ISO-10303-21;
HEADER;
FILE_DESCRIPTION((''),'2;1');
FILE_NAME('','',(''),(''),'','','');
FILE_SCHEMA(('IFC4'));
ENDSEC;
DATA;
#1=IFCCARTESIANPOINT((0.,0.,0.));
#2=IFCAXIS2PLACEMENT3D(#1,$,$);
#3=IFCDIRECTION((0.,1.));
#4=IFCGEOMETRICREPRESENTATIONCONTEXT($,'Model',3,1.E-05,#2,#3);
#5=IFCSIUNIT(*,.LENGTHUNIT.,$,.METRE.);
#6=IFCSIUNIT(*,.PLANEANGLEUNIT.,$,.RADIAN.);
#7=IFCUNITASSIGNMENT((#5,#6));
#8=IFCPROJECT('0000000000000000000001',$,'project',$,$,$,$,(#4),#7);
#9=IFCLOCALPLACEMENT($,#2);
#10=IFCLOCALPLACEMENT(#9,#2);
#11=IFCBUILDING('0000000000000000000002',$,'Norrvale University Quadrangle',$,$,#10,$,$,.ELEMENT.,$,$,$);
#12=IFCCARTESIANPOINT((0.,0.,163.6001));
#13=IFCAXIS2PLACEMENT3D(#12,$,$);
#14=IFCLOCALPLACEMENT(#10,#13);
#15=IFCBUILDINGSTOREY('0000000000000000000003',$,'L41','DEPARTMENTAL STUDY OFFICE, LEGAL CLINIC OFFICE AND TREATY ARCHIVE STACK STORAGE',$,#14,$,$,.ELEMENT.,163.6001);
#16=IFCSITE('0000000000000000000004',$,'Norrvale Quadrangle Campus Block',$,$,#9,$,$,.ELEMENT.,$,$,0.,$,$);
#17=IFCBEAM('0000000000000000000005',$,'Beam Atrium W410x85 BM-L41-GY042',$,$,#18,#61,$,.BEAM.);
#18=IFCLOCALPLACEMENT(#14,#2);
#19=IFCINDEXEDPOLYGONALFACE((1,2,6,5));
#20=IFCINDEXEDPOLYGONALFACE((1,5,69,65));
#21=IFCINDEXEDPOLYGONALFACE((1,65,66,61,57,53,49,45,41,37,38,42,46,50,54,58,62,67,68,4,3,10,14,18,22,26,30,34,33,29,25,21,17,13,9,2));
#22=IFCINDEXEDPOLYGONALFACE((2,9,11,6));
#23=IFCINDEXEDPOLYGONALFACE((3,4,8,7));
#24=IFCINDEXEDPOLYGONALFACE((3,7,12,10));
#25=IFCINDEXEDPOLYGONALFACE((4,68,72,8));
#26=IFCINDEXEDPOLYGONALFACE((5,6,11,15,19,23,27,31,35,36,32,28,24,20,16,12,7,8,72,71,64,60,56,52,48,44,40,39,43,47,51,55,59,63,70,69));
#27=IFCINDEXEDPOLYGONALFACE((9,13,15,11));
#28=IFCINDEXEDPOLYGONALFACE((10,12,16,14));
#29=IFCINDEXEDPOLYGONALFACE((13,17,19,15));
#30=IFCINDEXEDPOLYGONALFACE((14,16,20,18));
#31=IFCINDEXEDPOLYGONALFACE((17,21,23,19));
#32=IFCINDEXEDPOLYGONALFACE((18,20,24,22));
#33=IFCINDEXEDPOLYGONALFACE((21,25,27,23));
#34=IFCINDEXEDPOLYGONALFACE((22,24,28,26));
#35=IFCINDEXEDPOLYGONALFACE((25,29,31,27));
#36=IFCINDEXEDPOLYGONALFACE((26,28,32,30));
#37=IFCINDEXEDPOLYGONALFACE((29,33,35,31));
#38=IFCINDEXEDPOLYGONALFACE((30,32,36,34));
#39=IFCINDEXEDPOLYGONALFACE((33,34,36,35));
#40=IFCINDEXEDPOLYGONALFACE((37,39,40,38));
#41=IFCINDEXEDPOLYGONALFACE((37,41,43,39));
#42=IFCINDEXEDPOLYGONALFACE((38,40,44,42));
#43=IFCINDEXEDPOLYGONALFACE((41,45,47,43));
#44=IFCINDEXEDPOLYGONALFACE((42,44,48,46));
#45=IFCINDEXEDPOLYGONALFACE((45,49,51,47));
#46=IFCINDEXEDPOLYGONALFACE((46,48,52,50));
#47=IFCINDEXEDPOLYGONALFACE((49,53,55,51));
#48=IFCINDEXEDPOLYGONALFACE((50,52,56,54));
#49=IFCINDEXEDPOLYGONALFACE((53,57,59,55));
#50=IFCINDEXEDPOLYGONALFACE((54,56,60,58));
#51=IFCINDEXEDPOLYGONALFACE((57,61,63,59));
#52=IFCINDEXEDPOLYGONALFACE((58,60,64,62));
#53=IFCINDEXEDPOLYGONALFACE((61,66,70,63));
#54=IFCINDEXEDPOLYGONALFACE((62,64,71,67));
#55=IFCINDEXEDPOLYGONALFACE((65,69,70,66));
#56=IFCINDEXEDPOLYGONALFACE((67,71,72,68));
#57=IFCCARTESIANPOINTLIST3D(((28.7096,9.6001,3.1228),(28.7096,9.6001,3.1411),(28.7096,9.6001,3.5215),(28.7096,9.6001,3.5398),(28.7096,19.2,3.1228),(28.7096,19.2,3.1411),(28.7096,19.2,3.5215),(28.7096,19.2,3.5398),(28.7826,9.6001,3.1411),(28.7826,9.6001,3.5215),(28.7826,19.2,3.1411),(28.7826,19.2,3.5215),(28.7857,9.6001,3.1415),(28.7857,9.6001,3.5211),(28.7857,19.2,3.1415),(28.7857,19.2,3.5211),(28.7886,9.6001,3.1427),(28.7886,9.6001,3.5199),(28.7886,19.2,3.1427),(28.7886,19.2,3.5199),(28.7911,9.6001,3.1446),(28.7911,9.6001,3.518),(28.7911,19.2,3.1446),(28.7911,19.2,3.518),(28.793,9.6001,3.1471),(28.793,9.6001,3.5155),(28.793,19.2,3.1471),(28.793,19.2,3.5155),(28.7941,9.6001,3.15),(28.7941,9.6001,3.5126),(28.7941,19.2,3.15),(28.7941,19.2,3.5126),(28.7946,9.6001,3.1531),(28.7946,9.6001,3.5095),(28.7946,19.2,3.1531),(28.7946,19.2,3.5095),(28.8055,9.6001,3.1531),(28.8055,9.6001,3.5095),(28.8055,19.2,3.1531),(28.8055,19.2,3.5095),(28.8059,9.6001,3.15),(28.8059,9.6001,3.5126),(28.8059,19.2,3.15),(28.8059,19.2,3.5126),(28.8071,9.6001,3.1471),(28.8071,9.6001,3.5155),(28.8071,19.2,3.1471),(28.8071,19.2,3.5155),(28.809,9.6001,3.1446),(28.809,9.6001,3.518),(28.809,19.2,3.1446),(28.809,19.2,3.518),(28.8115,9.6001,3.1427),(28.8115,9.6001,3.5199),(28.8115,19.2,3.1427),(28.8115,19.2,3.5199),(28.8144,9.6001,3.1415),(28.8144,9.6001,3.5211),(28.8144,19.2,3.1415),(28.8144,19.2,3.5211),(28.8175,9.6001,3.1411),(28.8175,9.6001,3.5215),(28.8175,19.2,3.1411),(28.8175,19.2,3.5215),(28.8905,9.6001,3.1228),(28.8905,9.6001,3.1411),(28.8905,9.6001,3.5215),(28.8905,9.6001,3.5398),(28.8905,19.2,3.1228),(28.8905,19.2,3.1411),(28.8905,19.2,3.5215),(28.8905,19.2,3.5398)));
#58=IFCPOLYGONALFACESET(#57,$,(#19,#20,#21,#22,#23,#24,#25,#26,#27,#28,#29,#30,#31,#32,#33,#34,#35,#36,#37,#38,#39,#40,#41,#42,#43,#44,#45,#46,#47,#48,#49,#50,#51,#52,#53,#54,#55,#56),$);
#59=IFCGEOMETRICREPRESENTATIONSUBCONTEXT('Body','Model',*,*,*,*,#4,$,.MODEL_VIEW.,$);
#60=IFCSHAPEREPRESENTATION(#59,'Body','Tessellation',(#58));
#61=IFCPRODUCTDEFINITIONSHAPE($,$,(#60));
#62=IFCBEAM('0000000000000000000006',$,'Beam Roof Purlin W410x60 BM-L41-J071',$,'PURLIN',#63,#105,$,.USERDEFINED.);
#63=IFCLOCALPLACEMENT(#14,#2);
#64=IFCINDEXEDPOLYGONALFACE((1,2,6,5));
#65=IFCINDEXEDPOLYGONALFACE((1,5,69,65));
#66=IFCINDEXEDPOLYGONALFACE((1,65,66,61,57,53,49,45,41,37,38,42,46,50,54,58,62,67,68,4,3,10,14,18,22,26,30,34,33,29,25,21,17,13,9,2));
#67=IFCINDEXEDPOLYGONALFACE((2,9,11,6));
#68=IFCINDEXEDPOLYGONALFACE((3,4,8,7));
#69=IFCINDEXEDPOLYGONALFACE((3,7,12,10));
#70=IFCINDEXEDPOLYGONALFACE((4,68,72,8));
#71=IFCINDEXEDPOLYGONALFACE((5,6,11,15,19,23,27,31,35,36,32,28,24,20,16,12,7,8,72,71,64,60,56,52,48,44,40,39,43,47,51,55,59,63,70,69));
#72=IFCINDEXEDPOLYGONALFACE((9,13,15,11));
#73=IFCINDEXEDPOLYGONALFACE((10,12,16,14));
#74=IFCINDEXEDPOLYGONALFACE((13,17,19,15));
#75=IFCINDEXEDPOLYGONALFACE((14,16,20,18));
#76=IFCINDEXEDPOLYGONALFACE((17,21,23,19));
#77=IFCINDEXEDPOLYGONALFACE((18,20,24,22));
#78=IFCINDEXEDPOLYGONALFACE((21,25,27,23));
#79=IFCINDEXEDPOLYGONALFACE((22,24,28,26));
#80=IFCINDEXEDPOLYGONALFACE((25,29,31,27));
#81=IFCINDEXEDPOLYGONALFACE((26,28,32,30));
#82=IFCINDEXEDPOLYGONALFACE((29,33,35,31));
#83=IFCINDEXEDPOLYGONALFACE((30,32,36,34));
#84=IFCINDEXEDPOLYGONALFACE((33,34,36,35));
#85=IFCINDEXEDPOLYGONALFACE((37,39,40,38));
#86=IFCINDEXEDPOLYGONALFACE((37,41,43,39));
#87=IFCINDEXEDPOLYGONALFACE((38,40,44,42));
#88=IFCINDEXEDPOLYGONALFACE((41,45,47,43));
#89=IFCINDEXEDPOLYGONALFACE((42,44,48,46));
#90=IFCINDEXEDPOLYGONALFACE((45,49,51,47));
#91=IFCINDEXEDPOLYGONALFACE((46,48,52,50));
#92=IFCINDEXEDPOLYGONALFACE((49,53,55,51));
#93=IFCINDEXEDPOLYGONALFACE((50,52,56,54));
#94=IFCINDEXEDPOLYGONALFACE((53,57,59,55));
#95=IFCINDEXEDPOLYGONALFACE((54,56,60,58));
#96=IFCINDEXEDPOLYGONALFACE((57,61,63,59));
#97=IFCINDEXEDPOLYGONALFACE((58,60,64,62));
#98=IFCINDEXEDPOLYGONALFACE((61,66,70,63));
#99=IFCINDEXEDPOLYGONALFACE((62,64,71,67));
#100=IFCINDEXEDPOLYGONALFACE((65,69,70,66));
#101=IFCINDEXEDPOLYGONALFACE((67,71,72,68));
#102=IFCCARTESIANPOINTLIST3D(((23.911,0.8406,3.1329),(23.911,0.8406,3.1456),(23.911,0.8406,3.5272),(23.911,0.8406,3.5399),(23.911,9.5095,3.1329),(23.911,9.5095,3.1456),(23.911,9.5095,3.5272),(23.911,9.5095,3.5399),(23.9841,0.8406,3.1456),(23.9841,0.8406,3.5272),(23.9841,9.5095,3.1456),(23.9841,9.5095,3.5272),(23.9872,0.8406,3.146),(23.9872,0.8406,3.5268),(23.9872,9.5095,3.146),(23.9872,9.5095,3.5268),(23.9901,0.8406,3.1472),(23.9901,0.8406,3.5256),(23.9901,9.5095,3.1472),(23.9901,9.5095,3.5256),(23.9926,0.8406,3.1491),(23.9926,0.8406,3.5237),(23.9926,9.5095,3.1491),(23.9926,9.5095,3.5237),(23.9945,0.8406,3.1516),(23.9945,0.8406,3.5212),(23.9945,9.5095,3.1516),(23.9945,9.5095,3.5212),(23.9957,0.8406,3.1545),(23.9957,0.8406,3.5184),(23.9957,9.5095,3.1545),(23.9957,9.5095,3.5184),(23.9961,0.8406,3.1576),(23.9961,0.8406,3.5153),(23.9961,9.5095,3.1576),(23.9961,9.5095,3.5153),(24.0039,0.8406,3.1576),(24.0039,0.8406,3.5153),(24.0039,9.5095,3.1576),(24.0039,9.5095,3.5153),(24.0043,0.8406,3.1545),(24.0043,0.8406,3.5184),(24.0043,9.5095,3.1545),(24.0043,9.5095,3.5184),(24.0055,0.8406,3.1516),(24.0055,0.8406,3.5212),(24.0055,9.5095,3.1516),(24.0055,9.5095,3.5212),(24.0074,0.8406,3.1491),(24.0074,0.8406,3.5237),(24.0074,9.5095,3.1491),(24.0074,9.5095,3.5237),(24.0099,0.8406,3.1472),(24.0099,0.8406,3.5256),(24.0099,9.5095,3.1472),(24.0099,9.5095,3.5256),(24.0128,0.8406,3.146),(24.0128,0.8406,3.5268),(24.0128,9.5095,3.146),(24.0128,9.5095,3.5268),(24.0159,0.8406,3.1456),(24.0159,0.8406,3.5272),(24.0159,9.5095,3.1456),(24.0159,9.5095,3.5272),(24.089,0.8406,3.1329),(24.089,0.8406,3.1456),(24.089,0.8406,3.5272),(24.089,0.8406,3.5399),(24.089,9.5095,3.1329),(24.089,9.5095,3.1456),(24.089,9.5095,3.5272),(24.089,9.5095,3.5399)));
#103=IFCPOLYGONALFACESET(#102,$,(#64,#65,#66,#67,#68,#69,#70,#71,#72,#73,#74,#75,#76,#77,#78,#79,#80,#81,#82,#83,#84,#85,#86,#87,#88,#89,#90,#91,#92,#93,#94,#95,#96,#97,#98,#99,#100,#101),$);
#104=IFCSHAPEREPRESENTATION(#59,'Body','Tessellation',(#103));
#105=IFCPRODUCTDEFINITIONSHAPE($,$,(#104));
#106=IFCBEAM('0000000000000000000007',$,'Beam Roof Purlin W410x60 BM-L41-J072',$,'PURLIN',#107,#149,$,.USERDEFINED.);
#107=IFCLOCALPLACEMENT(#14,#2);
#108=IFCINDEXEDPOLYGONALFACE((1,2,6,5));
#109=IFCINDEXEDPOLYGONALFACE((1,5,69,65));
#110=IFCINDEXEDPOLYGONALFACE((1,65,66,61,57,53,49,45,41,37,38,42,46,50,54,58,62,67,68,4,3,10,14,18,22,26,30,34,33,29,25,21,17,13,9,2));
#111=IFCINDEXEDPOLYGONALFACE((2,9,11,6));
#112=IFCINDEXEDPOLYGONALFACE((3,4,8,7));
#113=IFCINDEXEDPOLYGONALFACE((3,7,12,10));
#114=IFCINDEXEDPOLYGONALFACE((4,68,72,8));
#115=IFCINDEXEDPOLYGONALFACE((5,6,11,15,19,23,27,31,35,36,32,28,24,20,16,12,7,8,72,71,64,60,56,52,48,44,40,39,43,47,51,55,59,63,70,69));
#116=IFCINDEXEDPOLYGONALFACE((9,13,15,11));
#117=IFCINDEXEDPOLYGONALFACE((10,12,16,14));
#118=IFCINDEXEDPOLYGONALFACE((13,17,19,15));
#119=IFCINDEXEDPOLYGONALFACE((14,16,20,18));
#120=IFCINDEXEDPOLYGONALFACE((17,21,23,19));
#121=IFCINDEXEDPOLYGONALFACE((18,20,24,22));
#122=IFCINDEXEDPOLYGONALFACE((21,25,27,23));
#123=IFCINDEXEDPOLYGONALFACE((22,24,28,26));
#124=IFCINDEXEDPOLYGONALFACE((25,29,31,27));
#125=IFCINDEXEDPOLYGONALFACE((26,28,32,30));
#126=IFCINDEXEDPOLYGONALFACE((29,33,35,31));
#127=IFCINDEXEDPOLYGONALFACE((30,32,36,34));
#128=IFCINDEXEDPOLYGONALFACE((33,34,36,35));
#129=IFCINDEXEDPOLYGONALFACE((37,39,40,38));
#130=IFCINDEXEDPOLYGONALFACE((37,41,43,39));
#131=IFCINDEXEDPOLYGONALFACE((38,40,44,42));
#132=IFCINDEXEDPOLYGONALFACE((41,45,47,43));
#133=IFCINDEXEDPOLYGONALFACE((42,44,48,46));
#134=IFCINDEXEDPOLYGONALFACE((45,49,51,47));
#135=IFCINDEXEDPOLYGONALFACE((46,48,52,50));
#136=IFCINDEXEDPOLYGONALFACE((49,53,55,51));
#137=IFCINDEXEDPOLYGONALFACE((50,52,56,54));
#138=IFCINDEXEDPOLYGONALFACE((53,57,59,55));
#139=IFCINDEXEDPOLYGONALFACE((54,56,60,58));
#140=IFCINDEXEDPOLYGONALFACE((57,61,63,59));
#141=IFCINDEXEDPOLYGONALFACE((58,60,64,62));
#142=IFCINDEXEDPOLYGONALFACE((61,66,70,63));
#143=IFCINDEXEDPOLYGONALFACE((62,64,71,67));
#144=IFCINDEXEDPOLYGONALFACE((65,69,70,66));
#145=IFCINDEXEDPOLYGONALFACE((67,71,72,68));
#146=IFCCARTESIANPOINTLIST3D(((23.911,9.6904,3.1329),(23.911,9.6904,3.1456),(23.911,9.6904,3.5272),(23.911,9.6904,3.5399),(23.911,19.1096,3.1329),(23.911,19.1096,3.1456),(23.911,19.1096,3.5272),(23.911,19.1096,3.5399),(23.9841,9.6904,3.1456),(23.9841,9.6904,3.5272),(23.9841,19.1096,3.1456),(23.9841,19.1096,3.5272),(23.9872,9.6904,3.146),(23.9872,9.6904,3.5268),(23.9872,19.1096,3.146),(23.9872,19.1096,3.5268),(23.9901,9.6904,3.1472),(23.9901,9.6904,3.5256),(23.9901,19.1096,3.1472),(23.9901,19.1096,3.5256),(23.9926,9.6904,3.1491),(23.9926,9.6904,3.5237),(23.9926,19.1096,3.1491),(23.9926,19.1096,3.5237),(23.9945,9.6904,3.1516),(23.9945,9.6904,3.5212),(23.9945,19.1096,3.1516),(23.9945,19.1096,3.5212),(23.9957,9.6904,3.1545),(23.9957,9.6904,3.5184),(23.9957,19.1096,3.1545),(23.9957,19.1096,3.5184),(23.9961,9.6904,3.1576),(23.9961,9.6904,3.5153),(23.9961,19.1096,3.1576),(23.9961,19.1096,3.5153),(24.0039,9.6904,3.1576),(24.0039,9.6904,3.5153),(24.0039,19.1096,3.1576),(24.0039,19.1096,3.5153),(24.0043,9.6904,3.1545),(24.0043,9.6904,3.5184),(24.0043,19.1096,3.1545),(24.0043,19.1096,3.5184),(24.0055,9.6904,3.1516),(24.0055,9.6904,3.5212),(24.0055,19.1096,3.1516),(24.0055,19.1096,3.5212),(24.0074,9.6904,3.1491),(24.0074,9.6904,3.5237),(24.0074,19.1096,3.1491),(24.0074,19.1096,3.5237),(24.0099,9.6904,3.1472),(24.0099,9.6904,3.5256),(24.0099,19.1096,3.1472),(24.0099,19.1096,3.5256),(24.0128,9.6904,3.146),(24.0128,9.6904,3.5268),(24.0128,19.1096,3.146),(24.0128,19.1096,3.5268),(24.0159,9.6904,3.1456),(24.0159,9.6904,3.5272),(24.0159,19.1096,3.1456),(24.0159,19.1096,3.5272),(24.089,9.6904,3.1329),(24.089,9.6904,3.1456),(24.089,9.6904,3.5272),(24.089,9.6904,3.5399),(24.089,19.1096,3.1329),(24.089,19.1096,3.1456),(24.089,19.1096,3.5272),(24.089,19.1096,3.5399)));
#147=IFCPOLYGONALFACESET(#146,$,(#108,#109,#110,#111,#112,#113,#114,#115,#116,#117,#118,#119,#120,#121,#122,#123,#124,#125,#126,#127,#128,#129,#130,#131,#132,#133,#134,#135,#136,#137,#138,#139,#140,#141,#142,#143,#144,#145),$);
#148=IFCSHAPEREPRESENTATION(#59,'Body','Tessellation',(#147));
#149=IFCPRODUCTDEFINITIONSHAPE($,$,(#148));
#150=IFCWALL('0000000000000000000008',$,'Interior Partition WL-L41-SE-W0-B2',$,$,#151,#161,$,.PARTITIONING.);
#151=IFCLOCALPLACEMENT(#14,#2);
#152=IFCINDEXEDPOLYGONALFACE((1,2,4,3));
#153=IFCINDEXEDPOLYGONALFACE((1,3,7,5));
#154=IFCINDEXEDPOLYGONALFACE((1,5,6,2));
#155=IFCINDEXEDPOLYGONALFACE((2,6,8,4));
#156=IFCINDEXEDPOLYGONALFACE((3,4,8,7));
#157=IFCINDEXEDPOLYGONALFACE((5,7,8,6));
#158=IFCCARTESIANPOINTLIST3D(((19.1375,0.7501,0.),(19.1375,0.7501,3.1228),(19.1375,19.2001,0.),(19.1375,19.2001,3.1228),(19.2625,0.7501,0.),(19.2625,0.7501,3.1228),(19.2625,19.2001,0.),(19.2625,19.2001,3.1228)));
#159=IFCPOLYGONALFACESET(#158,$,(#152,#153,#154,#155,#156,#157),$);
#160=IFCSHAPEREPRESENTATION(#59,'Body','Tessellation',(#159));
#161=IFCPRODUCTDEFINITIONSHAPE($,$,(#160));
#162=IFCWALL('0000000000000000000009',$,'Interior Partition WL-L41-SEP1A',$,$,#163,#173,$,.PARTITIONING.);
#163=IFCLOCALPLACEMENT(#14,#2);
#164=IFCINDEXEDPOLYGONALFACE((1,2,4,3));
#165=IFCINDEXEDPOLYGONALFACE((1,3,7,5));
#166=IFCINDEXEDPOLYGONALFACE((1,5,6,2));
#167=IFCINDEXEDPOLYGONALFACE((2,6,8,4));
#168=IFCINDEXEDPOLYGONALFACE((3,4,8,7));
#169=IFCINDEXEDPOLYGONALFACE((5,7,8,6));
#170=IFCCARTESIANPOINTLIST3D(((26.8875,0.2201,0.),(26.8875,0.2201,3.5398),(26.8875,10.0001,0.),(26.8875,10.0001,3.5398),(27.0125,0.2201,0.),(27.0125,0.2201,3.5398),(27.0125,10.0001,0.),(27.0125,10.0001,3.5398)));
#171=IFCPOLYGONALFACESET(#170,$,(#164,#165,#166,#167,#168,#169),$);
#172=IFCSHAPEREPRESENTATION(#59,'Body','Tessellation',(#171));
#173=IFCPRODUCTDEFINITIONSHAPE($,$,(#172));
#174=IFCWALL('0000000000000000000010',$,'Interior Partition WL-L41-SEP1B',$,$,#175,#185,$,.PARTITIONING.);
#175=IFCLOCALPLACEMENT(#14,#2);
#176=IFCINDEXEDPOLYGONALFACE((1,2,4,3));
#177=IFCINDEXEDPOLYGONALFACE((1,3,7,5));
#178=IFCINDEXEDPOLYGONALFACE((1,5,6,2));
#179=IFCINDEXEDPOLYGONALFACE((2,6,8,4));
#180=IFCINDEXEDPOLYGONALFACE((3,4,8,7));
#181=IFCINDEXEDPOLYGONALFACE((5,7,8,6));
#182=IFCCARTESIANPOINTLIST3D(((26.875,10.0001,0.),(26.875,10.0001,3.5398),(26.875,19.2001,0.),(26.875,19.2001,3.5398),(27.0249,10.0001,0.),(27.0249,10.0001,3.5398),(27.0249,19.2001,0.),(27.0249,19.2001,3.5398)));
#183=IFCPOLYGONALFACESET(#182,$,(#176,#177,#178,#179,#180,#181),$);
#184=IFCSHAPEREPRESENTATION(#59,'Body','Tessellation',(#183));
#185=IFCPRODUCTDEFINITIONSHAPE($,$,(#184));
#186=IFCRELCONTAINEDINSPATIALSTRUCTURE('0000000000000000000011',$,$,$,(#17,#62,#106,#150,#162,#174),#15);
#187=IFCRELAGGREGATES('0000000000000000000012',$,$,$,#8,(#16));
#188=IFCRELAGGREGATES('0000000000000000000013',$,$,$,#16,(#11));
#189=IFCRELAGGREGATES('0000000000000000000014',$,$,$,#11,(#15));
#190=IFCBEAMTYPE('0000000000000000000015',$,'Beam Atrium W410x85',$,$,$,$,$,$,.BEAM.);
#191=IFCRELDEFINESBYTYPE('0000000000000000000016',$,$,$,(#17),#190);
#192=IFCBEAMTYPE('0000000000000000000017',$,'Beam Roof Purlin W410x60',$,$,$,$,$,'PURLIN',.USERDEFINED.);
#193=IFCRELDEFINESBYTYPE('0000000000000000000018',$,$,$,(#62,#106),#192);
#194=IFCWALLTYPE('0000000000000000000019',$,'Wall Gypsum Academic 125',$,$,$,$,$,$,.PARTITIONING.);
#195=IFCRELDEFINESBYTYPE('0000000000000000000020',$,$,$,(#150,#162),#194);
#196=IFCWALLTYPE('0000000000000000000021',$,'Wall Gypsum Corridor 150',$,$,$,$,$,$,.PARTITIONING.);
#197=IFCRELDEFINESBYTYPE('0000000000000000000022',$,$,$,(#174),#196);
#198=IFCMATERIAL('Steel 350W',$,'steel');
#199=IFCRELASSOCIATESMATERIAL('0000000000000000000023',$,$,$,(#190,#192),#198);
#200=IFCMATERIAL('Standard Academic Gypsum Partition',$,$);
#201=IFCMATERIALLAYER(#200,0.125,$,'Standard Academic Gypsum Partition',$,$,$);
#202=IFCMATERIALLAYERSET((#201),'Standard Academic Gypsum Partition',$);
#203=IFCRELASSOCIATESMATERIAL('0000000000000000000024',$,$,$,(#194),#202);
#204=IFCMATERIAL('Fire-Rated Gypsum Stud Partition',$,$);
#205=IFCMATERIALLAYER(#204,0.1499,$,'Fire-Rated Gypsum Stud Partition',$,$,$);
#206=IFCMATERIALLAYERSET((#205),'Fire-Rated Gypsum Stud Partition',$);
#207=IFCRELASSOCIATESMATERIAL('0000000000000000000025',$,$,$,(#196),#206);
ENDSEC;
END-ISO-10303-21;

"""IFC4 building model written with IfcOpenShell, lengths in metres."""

from ifc_helpers import new_model, si_unit, direction, frame, frame_2d, origin, origin_2d, place, context, subcontext, project, spatial, rectangle, i_section, extrude, material, layer, layer_set, material_profile, profile_set, type_object, element, save


model = new_model("IFC4")

# Units and contexts
model_context = context("Model", 3, precision=1e-05, world=origin(), true_north=direction((0.0, 1.0)))
body_context = subcontext(model_context, "Body", "Model", "MODEL_VIEW")
ifc_project = project(units=[si_unit("LENGTHUNIT", "METRE"), si_unit("PLANEANGLEUNIT", "RADIAN")], contexts=[model_context])

# Site, building, storey
site_placement = place(None, origin())
site = spatial("IfcSite", under=ifc_project, at=site_placement, Name="Norrvale Quadrangle Campus Block", CompositionType="ELEMENT", RefElevation=0.0)
building_placement = place(site_placement, origin())
building = spatial("IfcBuilding", under=site, at=building_placement, Name="Norrvale University Quadrangle", CompositionType="ELEMENT")
storey_placement = place(building_placement, frame((0.0, 0.0, 163.6001)))
storey = spatial("IfcBuildingStorey", under=building, at=storey_placement, Name="L41", Description="DEPARTMENTAL STUDY OFFICE, LEGAL CLINIC OFFICE AND TREATY ARCHIVE STACK STORAGE", CompositionType="ELEMENT", Elevation=163.6001)

# Beams
ifc_material_1 = material(Name="Steel 350W", Category="steel")
ifc_material_profile_1 = material_profile(ifc_material_1, i_section(OverallWidth=0.1809, OverallDepth=0.417, WebThickness=0.011, FlangeThickness=0.0183, FilletRadius=0.012, at=origin_2d()), Name="Steel 350W")
ifc_profile_set_1 = profile_set([ifc_material_profile_1], Name="Steel 350W")
beam_type_1 = type_object("IfcBeamType", Name="Beam Atrium W410x85", PredefinedType="BEAM", material=ifc_profile_set_1)
beam_1_placement = place(storey_placement, frame((28.8, 9.6001, 3.3313), z_axis=(0.0, 1.0, 0.0), x_axis=(-1.0, 0.0, 0.0)))
element("IfcBeam", 1, at=beam_1_placement, inside=storey, type_object=beam_type_1, Name="Beam Atrium W410x85 BM-L41-GY042", PredefinedType="BEAM", context=body_context, shape_type="SweptSolid", body=[
    extrude(i_section(OverallWidth=0.1809, OverallDepth=0.417, WebThickness=0.011, FlangeThickness=0.0183, FilletRadius=0.012, at=origin_2d()), origin(), (0.0, 0.0, 1.0), 9.5999),
])
ifc_material_profile_2 = material_profile(ifc_material_1, i_section(OverallWidth=0.178, OverallDepth=0.407, WebThickness=0.0078, FlangeThickness=0.0127, FilletRadius=0.012, at=origin_2d()), Name="Steel 350W")
ifc_profile_set_2 = profile_set([ifc_material_profile_2], Name="Steel 350W")
beam_type_2 = type_object("IfcBeamType", Name="Beam Roof Purlin W410x60", ElementType="PURLIN", PredefinedType="USERDEFINED", material=ifc_profile_set_2)
beam_2_placement = place(storey_placement, frame((24.0, 0.8406, 3.3364), z_axis=(0.0, 1.0, 0.0), x_axis=(-1.0, 0.0, 0.0)))
element("IfcBeam", 2, at=beam_2_placement, inside=storey, type_object=beam_type_2, Name="Beam Roof Purlin W410x60 BM-L41-J071", ObjectType="PURLIN", PredefinedType="USERDEFINED", context=body_context, shape_type="SweptSolid", body=[
    extrude(i_section(OverallWidth=0.178, OverallDepth=0.407, WebThickness=0.0078, FlangeThickness=0.0127, FilletRadius=0.012, at=origin_2d()), origin(), (0.0, 0.0, 1.0), 8.6689),
])
beam_3_placement = place(storey_placement, frame((24.0, 9.6904, 3.3364), z_axis=(0.0, 1.0, 0.0), x_axis=(-1.0, 0.0, 0.0)))
element("IfcBeam", 3, at=beam_3_placement, inside=storey, type_object=beam_type_2, Name="Beam Roof Purlin W410x60 BM-L41-J072", ObjectType="PURLIN", PredefinedType="USERDEFINED", context=body_context, shape_type="SweptSolid", body=[
    extrude(i_section(OverallWidth=0.178, OverallDepth=0.407, WebThickness=0.0078, FlangeThickness=0.0127, FilletRadius=0.012, at=origin_2d()), origin(), (0.0, 0.0, 1.0), 9.4192),
])

# Walls
ifc_material_2 = material(Name="Standard Academic Gypsum Partition")
ifc_layer_1 = layer(ifc_material_2, 0.125, Name="Standard Academic Gypsum Partition")
ifc_layer_set_1 = layer_set([ifc_layer_1], Name="Standard Academic Gypsum Partition")
wall_type_1 = type_object("IfcWallType", Name="Wall Gypsum Academic 125", PredefinedType="PARTITIONING", material=ifc_layer_set_1)
wall_1_placement = place(storey_placement, frame((19.2, 0.75, 0.0), z_axis=(0.0, 0.0, 1.0), x_axis=(0.0, 1.0, 0.0)))
element("IfcWall", 4, at=wall_1_placement, inside=storey, type_object=wall_type_1, Name="Interior Partition WL-L41-SE-W0-B2", PredefinedType="PARTITIONING", context=body_context, shape_type="SweptSolid", body=[
    extrude(rectangle(XDim=18.45, YDim=0.125, at=frame_2d((9.2251, 0.0))), origin(), (0.0, 0.0, 1.0), 3.1228),
])
wall_2_placement = place(storey_placement, frame((26.95, 0.22, 0.0), z_axis=(0.0, 0.0, 1.0), x_axis=(0.0, 1.0, 0.0)))
element("IfcWall", 5, at=wall_2_placement, inside=storey, type_object=wall_type_1, Name="Interior Partition WL-L41-SEP1A", PredefinedType="PARTITIONING", context=body_context, shape_type="SweptSolid", body=[
    extrude(rectangle(XDim=9.78, YDim=0.125, at=frame_2d((4.8901, 0.0))), origin(), (0.0, 0.0, 1.0), 3.5398),
])
ifc_material_3 = material(Name="Fire-Rated Gypsum Stud Partition")
ifc_layer_2 = layer(ifc_material_3, 0.1499, Name="Fire-Rated Gypsum Stud Partition")
ifc_layer_set_2 = layer_set([ifc_layer_2], Name="Fire-Rated Gypsum Stud Partition")
wall_type_2 = type_object("IfcWallType", Name="Wall Gypsum Corridor 150", PredefinedType="PARTITIONING", material=ifc_layer_set_2)
wall_3_placement = place(storey_placement, frame((26.95, 10.0, 0.0), z_axis=(0.0, 0.0, 1.0), x_axis=(0.0, 1.0, 0.0)))
element("IfcWall", 6, at=wall_3_placement, inside=storey, type_object=wall_type_2, Name="Interior Partition WL-L41-SEP1B", PredefinedType="PARTITIONING", context=body_context, shape_type="SweptSolid", body=[
    extrude(rectangle(XDim=9.2, YDim=0.1499, at=frame_2d((4.6001, 0.0))), origin(), (0.0, 0.0, 1.0), 3.5398),
])

save(model, "model.ifc")
